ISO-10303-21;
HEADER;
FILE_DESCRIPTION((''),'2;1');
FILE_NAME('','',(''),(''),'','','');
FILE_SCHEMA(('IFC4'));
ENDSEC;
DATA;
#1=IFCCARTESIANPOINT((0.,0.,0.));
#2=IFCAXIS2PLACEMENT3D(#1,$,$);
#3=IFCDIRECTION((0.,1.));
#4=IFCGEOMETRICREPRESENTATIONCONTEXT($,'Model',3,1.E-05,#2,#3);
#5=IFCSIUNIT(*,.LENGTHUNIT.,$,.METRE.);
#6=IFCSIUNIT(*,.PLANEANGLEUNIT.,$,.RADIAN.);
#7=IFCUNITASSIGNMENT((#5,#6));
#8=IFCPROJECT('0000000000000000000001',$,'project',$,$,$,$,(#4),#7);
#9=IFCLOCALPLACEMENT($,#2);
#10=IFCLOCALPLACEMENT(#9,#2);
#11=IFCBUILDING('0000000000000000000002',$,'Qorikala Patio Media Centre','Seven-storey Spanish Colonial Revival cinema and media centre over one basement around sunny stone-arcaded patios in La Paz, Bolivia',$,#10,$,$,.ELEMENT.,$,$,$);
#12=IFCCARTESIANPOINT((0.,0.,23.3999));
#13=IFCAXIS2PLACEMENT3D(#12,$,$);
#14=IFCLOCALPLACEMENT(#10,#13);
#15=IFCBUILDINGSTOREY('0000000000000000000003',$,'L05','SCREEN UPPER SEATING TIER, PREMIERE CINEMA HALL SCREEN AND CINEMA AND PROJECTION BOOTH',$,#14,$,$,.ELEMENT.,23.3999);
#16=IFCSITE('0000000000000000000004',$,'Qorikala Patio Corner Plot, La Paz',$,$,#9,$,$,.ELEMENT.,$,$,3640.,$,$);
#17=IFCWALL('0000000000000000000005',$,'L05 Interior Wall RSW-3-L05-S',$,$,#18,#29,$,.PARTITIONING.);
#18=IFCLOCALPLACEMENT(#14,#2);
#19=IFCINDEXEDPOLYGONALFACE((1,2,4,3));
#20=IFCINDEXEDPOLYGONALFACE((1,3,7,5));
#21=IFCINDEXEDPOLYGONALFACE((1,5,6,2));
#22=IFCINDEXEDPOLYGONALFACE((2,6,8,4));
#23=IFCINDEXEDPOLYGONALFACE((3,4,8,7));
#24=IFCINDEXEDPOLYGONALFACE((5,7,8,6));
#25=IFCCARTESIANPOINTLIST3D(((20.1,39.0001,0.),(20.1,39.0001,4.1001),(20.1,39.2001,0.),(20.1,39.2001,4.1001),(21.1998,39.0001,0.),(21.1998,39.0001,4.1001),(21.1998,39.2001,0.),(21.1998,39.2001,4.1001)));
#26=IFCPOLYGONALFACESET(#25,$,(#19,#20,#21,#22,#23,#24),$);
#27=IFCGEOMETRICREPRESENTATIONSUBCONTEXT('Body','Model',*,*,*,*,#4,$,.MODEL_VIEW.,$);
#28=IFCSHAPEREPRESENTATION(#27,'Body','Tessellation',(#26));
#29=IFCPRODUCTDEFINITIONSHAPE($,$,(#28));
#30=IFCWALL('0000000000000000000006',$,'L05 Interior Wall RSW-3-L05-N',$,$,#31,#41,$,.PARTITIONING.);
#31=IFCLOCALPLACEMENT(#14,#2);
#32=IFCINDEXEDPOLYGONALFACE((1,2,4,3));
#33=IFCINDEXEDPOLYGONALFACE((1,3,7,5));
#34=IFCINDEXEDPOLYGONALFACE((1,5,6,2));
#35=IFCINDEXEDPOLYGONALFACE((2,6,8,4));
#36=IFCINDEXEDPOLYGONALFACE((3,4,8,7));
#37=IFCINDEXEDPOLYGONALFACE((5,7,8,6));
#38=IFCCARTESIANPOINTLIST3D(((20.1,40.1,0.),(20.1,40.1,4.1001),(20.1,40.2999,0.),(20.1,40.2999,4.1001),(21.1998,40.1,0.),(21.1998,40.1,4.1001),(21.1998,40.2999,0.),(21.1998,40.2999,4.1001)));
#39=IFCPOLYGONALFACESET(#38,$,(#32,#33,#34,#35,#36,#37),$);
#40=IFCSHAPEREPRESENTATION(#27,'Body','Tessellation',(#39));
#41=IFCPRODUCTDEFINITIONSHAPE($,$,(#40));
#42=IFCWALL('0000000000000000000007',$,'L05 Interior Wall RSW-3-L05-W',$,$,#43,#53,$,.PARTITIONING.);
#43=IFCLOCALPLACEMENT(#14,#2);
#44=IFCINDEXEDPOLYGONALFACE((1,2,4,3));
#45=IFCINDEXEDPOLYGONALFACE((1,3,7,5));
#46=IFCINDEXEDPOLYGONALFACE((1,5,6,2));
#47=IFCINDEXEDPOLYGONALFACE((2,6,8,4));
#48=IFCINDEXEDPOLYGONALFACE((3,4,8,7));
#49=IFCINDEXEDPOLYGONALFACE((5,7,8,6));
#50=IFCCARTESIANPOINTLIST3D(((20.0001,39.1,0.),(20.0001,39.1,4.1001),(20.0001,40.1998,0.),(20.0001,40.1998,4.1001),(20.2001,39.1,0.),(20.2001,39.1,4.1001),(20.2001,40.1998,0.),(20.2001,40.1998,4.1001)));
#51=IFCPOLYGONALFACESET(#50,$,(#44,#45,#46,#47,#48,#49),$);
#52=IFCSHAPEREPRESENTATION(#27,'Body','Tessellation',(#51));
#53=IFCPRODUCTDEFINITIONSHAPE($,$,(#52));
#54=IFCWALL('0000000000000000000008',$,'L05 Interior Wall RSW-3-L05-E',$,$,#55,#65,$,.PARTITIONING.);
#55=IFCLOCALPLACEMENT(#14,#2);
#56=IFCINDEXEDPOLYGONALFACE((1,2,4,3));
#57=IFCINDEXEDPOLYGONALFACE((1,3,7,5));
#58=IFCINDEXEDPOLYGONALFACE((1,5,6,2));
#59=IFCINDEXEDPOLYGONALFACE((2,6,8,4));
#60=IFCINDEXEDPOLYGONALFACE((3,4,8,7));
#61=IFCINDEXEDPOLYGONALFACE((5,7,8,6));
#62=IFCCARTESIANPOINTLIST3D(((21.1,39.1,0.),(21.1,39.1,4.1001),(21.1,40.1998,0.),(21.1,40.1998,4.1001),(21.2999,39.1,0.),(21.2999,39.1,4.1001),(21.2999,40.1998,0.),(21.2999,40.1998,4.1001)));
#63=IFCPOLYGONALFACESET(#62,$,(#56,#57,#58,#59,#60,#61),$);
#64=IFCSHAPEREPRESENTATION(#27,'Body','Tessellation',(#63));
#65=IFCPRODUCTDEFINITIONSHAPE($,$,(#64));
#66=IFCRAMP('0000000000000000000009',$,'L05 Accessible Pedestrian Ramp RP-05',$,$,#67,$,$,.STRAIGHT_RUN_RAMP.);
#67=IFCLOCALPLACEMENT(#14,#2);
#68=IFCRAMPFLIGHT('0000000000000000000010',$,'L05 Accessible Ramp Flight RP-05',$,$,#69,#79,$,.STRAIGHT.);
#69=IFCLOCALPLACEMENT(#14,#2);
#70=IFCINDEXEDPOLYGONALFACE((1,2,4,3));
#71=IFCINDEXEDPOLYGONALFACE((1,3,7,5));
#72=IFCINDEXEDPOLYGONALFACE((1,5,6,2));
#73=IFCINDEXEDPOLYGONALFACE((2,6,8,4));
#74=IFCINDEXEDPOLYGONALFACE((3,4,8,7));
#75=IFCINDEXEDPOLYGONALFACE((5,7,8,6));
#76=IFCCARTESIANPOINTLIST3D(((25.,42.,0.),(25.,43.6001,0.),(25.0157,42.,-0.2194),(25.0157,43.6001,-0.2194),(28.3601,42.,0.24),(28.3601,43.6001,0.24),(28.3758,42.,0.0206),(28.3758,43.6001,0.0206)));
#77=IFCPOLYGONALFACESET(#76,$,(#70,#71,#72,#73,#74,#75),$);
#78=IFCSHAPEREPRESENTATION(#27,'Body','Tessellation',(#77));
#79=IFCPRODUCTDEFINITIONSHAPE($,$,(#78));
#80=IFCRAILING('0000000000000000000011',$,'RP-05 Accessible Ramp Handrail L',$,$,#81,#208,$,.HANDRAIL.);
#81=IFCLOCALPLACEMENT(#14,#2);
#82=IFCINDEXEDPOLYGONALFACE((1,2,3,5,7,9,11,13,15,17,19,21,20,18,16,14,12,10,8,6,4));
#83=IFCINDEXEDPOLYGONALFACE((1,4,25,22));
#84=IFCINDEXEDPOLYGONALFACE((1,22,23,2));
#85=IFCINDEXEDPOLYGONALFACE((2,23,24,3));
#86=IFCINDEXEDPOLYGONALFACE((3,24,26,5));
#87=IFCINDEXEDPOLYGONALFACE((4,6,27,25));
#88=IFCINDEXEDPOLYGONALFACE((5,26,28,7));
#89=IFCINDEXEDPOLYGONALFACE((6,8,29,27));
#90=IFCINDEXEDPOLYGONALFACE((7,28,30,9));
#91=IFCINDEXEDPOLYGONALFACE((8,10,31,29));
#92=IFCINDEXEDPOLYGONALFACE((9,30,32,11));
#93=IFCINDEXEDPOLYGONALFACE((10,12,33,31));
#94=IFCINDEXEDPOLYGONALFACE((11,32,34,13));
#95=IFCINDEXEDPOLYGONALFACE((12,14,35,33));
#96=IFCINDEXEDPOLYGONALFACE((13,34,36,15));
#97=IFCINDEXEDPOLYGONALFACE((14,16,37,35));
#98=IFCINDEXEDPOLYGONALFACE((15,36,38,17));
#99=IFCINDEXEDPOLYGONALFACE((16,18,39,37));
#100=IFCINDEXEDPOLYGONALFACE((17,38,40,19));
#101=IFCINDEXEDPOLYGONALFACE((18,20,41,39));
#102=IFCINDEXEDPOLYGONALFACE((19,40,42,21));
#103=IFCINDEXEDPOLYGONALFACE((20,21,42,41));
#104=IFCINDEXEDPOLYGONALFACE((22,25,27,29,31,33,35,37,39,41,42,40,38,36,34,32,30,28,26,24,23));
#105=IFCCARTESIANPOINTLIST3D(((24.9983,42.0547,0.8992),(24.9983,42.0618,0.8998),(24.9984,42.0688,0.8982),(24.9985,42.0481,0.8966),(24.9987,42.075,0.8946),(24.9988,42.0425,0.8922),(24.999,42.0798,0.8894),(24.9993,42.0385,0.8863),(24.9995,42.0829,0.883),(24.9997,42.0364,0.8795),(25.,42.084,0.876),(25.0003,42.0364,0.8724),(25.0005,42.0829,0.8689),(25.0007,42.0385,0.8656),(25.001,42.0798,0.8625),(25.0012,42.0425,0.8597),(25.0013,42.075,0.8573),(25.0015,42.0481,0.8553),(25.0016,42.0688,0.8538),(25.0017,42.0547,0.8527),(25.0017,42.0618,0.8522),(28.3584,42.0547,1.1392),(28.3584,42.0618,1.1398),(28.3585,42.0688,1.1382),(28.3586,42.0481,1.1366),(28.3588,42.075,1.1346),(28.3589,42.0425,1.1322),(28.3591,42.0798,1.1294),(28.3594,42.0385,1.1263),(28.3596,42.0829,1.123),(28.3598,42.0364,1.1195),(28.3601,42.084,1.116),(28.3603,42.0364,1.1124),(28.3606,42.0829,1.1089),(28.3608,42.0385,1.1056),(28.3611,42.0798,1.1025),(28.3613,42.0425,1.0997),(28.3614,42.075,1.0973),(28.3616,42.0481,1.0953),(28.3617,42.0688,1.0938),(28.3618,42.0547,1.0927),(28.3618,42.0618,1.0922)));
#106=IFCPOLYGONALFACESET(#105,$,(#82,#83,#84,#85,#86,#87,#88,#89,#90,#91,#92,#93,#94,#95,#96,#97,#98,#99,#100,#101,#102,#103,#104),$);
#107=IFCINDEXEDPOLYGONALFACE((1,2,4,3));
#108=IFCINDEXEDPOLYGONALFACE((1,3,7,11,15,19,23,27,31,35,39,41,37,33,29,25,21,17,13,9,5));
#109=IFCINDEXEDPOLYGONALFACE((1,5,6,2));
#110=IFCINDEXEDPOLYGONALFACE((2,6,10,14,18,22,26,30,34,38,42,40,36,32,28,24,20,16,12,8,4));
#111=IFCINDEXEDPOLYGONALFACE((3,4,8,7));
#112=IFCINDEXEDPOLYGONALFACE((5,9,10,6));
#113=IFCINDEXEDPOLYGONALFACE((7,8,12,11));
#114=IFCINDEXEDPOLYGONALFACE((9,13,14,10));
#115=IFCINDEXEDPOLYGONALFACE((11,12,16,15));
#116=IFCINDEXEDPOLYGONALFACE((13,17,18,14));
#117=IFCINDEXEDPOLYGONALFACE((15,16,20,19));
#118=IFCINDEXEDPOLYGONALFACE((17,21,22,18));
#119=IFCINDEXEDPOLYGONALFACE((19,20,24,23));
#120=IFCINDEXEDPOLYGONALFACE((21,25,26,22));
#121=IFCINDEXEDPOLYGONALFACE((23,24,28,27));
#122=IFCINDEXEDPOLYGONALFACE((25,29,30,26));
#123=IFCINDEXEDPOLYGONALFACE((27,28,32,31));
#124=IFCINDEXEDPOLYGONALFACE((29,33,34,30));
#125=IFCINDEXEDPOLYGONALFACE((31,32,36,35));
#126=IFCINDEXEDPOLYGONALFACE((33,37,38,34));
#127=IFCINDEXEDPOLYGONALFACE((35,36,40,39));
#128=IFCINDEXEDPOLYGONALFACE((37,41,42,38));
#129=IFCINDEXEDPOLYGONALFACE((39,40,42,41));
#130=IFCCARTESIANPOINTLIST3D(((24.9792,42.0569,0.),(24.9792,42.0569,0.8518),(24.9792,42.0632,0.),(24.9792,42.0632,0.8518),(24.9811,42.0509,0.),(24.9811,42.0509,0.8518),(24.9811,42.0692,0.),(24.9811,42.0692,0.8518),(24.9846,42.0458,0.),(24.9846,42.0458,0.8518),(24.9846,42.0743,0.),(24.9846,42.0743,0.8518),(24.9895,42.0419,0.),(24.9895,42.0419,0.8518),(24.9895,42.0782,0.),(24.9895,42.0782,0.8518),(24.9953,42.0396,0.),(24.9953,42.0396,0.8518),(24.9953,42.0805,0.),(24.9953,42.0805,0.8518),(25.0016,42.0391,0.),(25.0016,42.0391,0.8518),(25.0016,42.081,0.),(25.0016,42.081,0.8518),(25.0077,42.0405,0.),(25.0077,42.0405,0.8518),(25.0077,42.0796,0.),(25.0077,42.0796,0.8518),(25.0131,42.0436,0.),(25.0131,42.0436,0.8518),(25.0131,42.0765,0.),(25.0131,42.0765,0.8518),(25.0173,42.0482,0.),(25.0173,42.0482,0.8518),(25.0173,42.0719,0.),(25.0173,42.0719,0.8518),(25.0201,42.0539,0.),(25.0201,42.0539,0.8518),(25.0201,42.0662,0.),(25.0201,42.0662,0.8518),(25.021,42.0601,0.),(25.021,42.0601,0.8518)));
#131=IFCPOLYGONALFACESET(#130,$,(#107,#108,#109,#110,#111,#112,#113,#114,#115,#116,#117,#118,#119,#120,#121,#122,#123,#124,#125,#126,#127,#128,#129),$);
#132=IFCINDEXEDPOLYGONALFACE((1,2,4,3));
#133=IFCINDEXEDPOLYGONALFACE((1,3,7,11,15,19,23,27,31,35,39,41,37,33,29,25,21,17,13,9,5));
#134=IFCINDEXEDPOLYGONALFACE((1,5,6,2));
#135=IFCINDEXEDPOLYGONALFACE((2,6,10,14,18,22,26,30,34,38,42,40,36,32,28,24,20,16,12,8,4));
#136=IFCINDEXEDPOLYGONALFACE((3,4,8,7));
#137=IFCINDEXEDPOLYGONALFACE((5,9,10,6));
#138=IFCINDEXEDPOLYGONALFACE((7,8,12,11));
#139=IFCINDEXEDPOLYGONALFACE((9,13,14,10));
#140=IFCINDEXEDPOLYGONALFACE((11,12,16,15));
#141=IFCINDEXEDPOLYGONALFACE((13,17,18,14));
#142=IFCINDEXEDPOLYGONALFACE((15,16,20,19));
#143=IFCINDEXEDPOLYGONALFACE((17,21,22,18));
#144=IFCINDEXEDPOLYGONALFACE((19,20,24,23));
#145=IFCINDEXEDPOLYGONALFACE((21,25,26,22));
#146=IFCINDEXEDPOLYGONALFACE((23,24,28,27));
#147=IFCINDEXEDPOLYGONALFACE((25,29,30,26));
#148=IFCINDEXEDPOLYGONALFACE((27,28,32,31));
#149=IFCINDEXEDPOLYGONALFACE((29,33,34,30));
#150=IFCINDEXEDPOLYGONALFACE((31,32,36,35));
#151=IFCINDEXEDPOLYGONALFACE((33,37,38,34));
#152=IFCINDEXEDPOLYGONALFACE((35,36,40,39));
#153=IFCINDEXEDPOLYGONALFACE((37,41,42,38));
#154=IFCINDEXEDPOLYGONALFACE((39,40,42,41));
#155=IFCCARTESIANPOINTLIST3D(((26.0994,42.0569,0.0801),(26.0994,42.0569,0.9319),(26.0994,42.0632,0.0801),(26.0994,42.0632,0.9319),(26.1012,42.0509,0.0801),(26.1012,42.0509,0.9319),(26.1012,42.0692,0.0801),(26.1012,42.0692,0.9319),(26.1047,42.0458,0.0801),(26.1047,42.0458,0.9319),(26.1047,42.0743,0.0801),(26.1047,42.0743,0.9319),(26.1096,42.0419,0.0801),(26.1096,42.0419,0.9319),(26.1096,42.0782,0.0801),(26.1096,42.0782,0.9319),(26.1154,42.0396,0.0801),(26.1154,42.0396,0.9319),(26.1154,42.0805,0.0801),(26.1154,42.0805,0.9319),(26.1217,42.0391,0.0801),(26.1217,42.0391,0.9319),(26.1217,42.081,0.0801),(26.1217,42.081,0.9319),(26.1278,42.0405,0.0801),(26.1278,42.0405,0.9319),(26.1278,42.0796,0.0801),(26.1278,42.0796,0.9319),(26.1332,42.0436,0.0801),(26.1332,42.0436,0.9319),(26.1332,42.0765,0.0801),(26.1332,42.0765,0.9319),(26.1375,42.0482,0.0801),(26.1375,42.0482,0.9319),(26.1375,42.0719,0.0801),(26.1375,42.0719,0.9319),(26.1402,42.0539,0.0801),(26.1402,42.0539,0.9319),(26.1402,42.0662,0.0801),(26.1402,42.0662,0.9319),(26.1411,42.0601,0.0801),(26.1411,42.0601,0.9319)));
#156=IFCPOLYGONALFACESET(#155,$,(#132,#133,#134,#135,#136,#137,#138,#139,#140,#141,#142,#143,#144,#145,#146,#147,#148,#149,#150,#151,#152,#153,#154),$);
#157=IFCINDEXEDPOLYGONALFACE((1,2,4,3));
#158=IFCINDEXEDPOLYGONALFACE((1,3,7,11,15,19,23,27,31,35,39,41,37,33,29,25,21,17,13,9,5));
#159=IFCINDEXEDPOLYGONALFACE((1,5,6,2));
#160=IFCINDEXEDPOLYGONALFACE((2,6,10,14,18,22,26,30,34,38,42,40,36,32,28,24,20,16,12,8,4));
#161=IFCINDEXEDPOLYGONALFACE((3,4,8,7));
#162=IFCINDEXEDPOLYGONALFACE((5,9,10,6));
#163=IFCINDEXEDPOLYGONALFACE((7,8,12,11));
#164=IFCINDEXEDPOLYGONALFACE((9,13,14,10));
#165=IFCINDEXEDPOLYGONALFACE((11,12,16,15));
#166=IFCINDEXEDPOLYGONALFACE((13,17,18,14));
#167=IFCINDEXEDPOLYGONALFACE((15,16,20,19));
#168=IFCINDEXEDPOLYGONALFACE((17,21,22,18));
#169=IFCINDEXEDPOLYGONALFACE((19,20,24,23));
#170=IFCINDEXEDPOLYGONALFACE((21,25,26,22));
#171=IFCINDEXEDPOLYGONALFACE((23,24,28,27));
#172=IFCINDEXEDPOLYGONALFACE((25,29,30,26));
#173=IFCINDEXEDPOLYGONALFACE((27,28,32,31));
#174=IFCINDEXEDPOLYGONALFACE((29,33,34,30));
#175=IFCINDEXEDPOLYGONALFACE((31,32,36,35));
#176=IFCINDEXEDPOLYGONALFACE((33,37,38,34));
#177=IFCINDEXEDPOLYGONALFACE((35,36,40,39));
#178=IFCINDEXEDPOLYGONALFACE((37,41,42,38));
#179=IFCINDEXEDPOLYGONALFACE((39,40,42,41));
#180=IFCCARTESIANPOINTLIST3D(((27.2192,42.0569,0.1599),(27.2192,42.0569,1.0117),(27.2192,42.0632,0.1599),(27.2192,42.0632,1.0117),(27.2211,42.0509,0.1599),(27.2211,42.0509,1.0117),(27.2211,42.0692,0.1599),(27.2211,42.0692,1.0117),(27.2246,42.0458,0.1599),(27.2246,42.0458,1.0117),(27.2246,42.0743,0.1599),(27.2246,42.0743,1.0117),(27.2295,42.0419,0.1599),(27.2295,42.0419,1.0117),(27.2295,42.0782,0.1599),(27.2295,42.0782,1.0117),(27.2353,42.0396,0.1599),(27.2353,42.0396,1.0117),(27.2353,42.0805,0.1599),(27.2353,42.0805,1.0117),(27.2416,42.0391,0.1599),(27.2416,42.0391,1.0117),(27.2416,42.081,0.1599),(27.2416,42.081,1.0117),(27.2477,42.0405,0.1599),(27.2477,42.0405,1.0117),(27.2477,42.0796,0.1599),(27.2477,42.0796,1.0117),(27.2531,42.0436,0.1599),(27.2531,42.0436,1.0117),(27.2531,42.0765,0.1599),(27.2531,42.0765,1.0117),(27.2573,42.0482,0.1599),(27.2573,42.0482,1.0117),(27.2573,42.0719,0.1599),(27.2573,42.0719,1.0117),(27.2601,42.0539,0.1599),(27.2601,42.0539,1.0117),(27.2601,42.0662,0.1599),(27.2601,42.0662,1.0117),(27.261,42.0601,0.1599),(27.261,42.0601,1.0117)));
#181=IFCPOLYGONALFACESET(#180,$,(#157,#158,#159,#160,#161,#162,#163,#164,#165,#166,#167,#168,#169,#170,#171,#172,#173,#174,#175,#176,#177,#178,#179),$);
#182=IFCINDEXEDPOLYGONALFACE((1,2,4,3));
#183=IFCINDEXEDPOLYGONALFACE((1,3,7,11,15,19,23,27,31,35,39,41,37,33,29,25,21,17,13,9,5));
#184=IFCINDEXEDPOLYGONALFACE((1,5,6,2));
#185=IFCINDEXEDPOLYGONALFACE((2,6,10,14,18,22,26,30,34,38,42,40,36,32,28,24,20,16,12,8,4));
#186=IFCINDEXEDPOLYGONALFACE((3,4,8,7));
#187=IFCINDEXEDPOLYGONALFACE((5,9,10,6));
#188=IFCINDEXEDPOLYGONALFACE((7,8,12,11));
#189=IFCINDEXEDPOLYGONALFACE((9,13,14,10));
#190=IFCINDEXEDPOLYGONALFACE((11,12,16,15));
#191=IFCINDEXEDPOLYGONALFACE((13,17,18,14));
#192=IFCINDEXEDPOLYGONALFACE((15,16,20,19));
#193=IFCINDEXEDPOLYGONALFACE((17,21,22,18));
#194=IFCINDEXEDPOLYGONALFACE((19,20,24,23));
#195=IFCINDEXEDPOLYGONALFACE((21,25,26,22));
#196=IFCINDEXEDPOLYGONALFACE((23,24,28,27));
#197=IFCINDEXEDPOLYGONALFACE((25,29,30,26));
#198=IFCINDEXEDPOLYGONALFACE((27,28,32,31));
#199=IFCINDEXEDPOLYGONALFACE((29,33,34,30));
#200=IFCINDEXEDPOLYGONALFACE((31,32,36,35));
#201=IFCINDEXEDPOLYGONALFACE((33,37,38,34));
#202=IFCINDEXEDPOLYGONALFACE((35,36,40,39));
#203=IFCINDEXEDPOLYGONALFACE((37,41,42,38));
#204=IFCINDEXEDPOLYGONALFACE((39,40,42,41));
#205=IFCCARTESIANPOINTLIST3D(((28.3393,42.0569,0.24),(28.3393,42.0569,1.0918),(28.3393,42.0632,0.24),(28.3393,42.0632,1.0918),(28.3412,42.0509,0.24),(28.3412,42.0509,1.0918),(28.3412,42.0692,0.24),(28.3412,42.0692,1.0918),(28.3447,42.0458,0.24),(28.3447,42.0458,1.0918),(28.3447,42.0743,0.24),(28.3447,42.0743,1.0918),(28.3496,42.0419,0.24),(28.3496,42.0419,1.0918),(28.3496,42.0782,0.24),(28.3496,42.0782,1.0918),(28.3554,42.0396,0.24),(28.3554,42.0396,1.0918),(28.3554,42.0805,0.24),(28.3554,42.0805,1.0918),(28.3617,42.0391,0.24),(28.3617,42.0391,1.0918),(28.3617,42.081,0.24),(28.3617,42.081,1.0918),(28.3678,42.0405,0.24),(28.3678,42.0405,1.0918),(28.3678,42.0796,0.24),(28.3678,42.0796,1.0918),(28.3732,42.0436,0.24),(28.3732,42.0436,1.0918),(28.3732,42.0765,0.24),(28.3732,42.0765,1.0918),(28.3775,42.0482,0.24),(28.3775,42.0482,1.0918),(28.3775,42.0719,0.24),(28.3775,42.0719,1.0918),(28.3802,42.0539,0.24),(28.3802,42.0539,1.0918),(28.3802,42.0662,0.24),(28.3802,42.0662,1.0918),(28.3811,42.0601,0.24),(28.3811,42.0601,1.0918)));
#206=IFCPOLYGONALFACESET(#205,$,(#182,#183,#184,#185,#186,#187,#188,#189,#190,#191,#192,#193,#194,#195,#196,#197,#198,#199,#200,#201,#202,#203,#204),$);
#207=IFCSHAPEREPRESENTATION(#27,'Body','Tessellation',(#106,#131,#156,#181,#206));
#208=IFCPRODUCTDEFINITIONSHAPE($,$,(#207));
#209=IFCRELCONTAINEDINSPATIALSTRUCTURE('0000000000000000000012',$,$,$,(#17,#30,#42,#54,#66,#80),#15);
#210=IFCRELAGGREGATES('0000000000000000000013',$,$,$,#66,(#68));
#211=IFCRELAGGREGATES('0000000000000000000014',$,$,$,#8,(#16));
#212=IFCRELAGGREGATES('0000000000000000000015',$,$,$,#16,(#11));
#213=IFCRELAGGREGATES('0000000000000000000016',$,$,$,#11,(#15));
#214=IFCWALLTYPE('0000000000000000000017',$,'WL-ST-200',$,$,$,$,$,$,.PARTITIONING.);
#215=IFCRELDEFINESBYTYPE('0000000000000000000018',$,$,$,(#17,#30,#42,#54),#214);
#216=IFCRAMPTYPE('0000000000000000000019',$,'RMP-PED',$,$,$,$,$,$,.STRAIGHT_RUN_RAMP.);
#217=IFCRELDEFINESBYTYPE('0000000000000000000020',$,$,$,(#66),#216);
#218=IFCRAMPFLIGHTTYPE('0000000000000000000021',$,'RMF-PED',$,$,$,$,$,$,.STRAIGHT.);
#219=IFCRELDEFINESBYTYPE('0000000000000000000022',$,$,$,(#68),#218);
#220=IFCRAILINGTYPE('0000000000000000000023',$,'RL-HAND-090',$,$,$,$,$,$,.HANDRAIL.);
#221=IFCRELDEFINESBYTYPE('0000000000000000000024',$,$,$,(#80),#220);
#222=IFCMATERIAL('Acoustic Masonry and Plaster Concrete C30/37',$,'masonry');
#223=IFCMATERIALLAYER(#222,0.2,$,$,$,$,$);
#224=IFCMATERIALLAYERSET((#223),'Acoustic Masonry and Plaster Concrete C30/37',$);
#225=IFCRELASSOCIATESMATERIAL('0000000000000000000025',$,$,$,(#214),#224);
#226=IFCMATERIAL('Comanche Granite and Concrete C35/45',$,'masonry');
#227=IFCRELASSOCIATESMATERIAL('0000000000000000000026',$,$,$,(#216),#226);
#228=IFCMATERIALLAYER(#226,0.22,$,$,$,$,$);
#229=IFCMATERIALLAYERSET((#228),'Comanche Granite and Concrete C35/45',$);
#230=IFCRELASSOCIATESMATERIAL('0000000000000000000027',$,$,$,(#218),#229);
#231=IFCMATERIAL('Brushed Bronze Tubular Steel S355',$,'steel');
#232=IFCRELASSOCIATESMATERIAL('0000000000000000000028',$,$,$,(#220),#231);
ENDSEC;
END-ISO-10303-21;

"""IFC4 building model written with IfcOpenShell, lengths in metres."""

from ifc_helpers import new_model, si_unit, direction, frame, frame_2d, origin, origin_2d, place, context, subcontext, project, spatial, polyline, rectangle, circle, outline, extrude, material, layer, layer_set, type_object, element, aggregate, save


model = new_model("IFC4")

# Units and contexts
model_context = context("Model", 3, precision=1e-05, world=origin(), true_north=direction((0.0, 1.0)))
body_context = subcontext(model_context, "Body", "Model", "MODEL_VIEW")
ifc_project = project(units=[si_unit("LENGTHUNIT", "METRE"), si_unit("PLANEANGLEUNIT", "RADIAN")], contexts=[model_context])

# Site, building, storey
site_placement = place(None, origin())
site = spatial("IfcSite", under=ifc_project, at=site_placement, Name="Qorikala Patio Corner Plot, La Paz", CompositionType="ELEMENT", RefElevation=3640.0)
building_placement = place(site_placement, origin())
building = spatial("IfcBuilding", under=site, at=building_placement, Name="Qorikala Patio Media Centre", Description="Seven-storey Spanish Colonial Revival cinema and media centre over one basement around sunny stone-arcaded patios in La Paz, Bolivia", CompositionType="ELEMENT")
storey_placement = place(building_placement, frame((0.0, 0.0, 23.3999)))
storey = spatial("IfcBuildingStorey", under=building, at=storey_placement, Name="L05", Description="SCREEN UPPER SEATING TIER, PREMIERE CINEMA HALL SCREEN AND CINEMA AND PROJECTION BOOTH", CompositionType="ELEMENT", Elevation=23.3999)

# Walls
ifc_material_1 = material(Name="Acoustic Masonry and Plaster Concrete C30/37", Category="masonry")
ifc_layer_1 = layer(ifc_material_1, 0.2)
ifc_layer_set_1 = layer_set([ifc_layer_1], Name="Acoustic Masonry and Plaster Concrete C30/37")
wall_type_1 = type_object("IfcWallType", Name="WL-ST-200", PredefinedType="PARTITIONING", material=ifc_layer_set_1)
for number, where, z_axis, x_axis, name in (
    (1, (20.1001, 39.1001, 0.0), (0.0, 0.0, 1.0), (1.0, 0.0, 0.0), "L05 Interior Wall RSW-3-L05-S"),
    (2, (20.1001, 40.2, 0.0), (0.0, 0.0, 1.0), (1.0, 0.0, 0.0), "L05 Interior Wall RSW-3-L05-N"),
    (3, (20.1001, 39.1001, 0.0), (0.0, 0.0, 1.0), (0.0, 1.0, 0.0), "L05 Interior Wall RSW-3-L05-W"),
    (4, (21.2, 39.1001, 0.0), (0.0, 0.0, 1.0), (0.0, 1.0, 0.0), "L05 Interior Wall RSW-3-L05-E"),
):
    element("IfcWall", number, at=place(storey_placement, frame(where, z_axis=z_axis, x_axis=x_axis)), inside=storey, type_object=wall_type_1, Name=name, PredefinedType="PARTITIONING", context=body_context, shape_type="SweptSolid", body=[
        extrude(rectangle(XDim=1.0999, YDim=0.2, at=frame_2d((0.5498, 0.0))), origin(), (0.0, 0.0, 1.0), 4.1001),
    ])

# Ramp, ramp flight
ifc_material_2 = material(Name="Comanche Granite and Concrete C35/45", Category="masonry")
ramp_type = type_object("IfcRampType", Name="RMP-PED", PredefinedType="STRAIGHT_RUN_RAMP", material=ifc_material_2)
ramp_placement = place(storey_placement, origin())
ramp = element("IfcRamp", 5, at=ramp_placement, inside=storey, type_object=ramp_type, Name="L05 Accessible Pedestrian Ramp RP-05", PredefinedType="STRAIGHT_RUN_RAMP")
ifc_layer_2 = layer(ifc_material_2, 0.22)
ifc_layer_set_2 = layer_set([ifc_layer_2], Name="Comanche Granite and Concrete C35/45")
ramp_flight_type = type_object("IfcRampFlightType", Name="RMF-PED", PredefinedType="STRAIGHT", material=ifc_layer_set_2)
ramp_flight_placement = place(storey_placement, frame((25.0, 42.0, 0.0), z_axis=(-0.071242, 0.0, 0.997459), x_axis=(0.997459, 0.0, 0.071242)))
ramp_flight = element("IfcRampFlight", 6, at=ramp_flight_placement, type_object=ramp_flight_type, Name="L05 Accessible Ramp Flight RP-05", PredefinedType="STRAIGHT", context=body_context, shape_type="SweptSolid", body=[
    extrude(outline(polyline([(0.0, 0.0), (3.3687, 0.0), (3.3687, 1.6001), (0.0, 1.6001), (0.0, 0.0)])), origin(), (0.0, 0.0, -1.0), 0.22),
])
aggregate(ramp, [ramp_flight])

# Railing
ifc_material_3 = material(Name="Brushed Bronze Tubular Steel S355", Category="steel")
railing_type = type_object("IfcRailingType", Name="RL-HAND-090", PredefinedType="HANDRAIL", material=ifc_material_3)
for number, where, name in (
    (7, (25.0, 42.0601, 0.0), "RP-05 Accessible Ramp Handrail L"),
):
    element("IfcRailing", number, at=place(storey_placement, frame(where)), inside=storey, type_object=railing_type, Name=name, PredefinedType="HANDRAIL", context=body_context, shape_type="SweptSolid", body=[
        extrude(circle(Radius=0.0239, at=origin_2d()), frame((0.0, 0.0, 0.876), z_axis=(0.997459, 0.0, 0.071242), x_axis=(0.0, 1.0, 0.0)), (0.0, 0.0, 1.0), 3.3687),
        extrude(circle(Radius=0.021, at=origin_2d()), origin(), (0.0, 0.0, 1.0), 0.8518),
        extrude(circle(Radius=0.021, at=origin_2d()), frame((1.1201, 0.0, 0.0801)), (0.0, 0.0, 1.0), 0.8518),
        extrude(circle(Radius=0.021, at=origin_2d()), frame((2.24, 0.0, 0.1599)), (0.0, 0.0, 1.0), 0.8518),
        extrude(circle(Radius=0.021, at=origin_2d()), frame((3.3601, 0.0, 0.24)), (0.0, 0.0, 1.0), 0.8518),
    ])

save(model, "model.ifc")
